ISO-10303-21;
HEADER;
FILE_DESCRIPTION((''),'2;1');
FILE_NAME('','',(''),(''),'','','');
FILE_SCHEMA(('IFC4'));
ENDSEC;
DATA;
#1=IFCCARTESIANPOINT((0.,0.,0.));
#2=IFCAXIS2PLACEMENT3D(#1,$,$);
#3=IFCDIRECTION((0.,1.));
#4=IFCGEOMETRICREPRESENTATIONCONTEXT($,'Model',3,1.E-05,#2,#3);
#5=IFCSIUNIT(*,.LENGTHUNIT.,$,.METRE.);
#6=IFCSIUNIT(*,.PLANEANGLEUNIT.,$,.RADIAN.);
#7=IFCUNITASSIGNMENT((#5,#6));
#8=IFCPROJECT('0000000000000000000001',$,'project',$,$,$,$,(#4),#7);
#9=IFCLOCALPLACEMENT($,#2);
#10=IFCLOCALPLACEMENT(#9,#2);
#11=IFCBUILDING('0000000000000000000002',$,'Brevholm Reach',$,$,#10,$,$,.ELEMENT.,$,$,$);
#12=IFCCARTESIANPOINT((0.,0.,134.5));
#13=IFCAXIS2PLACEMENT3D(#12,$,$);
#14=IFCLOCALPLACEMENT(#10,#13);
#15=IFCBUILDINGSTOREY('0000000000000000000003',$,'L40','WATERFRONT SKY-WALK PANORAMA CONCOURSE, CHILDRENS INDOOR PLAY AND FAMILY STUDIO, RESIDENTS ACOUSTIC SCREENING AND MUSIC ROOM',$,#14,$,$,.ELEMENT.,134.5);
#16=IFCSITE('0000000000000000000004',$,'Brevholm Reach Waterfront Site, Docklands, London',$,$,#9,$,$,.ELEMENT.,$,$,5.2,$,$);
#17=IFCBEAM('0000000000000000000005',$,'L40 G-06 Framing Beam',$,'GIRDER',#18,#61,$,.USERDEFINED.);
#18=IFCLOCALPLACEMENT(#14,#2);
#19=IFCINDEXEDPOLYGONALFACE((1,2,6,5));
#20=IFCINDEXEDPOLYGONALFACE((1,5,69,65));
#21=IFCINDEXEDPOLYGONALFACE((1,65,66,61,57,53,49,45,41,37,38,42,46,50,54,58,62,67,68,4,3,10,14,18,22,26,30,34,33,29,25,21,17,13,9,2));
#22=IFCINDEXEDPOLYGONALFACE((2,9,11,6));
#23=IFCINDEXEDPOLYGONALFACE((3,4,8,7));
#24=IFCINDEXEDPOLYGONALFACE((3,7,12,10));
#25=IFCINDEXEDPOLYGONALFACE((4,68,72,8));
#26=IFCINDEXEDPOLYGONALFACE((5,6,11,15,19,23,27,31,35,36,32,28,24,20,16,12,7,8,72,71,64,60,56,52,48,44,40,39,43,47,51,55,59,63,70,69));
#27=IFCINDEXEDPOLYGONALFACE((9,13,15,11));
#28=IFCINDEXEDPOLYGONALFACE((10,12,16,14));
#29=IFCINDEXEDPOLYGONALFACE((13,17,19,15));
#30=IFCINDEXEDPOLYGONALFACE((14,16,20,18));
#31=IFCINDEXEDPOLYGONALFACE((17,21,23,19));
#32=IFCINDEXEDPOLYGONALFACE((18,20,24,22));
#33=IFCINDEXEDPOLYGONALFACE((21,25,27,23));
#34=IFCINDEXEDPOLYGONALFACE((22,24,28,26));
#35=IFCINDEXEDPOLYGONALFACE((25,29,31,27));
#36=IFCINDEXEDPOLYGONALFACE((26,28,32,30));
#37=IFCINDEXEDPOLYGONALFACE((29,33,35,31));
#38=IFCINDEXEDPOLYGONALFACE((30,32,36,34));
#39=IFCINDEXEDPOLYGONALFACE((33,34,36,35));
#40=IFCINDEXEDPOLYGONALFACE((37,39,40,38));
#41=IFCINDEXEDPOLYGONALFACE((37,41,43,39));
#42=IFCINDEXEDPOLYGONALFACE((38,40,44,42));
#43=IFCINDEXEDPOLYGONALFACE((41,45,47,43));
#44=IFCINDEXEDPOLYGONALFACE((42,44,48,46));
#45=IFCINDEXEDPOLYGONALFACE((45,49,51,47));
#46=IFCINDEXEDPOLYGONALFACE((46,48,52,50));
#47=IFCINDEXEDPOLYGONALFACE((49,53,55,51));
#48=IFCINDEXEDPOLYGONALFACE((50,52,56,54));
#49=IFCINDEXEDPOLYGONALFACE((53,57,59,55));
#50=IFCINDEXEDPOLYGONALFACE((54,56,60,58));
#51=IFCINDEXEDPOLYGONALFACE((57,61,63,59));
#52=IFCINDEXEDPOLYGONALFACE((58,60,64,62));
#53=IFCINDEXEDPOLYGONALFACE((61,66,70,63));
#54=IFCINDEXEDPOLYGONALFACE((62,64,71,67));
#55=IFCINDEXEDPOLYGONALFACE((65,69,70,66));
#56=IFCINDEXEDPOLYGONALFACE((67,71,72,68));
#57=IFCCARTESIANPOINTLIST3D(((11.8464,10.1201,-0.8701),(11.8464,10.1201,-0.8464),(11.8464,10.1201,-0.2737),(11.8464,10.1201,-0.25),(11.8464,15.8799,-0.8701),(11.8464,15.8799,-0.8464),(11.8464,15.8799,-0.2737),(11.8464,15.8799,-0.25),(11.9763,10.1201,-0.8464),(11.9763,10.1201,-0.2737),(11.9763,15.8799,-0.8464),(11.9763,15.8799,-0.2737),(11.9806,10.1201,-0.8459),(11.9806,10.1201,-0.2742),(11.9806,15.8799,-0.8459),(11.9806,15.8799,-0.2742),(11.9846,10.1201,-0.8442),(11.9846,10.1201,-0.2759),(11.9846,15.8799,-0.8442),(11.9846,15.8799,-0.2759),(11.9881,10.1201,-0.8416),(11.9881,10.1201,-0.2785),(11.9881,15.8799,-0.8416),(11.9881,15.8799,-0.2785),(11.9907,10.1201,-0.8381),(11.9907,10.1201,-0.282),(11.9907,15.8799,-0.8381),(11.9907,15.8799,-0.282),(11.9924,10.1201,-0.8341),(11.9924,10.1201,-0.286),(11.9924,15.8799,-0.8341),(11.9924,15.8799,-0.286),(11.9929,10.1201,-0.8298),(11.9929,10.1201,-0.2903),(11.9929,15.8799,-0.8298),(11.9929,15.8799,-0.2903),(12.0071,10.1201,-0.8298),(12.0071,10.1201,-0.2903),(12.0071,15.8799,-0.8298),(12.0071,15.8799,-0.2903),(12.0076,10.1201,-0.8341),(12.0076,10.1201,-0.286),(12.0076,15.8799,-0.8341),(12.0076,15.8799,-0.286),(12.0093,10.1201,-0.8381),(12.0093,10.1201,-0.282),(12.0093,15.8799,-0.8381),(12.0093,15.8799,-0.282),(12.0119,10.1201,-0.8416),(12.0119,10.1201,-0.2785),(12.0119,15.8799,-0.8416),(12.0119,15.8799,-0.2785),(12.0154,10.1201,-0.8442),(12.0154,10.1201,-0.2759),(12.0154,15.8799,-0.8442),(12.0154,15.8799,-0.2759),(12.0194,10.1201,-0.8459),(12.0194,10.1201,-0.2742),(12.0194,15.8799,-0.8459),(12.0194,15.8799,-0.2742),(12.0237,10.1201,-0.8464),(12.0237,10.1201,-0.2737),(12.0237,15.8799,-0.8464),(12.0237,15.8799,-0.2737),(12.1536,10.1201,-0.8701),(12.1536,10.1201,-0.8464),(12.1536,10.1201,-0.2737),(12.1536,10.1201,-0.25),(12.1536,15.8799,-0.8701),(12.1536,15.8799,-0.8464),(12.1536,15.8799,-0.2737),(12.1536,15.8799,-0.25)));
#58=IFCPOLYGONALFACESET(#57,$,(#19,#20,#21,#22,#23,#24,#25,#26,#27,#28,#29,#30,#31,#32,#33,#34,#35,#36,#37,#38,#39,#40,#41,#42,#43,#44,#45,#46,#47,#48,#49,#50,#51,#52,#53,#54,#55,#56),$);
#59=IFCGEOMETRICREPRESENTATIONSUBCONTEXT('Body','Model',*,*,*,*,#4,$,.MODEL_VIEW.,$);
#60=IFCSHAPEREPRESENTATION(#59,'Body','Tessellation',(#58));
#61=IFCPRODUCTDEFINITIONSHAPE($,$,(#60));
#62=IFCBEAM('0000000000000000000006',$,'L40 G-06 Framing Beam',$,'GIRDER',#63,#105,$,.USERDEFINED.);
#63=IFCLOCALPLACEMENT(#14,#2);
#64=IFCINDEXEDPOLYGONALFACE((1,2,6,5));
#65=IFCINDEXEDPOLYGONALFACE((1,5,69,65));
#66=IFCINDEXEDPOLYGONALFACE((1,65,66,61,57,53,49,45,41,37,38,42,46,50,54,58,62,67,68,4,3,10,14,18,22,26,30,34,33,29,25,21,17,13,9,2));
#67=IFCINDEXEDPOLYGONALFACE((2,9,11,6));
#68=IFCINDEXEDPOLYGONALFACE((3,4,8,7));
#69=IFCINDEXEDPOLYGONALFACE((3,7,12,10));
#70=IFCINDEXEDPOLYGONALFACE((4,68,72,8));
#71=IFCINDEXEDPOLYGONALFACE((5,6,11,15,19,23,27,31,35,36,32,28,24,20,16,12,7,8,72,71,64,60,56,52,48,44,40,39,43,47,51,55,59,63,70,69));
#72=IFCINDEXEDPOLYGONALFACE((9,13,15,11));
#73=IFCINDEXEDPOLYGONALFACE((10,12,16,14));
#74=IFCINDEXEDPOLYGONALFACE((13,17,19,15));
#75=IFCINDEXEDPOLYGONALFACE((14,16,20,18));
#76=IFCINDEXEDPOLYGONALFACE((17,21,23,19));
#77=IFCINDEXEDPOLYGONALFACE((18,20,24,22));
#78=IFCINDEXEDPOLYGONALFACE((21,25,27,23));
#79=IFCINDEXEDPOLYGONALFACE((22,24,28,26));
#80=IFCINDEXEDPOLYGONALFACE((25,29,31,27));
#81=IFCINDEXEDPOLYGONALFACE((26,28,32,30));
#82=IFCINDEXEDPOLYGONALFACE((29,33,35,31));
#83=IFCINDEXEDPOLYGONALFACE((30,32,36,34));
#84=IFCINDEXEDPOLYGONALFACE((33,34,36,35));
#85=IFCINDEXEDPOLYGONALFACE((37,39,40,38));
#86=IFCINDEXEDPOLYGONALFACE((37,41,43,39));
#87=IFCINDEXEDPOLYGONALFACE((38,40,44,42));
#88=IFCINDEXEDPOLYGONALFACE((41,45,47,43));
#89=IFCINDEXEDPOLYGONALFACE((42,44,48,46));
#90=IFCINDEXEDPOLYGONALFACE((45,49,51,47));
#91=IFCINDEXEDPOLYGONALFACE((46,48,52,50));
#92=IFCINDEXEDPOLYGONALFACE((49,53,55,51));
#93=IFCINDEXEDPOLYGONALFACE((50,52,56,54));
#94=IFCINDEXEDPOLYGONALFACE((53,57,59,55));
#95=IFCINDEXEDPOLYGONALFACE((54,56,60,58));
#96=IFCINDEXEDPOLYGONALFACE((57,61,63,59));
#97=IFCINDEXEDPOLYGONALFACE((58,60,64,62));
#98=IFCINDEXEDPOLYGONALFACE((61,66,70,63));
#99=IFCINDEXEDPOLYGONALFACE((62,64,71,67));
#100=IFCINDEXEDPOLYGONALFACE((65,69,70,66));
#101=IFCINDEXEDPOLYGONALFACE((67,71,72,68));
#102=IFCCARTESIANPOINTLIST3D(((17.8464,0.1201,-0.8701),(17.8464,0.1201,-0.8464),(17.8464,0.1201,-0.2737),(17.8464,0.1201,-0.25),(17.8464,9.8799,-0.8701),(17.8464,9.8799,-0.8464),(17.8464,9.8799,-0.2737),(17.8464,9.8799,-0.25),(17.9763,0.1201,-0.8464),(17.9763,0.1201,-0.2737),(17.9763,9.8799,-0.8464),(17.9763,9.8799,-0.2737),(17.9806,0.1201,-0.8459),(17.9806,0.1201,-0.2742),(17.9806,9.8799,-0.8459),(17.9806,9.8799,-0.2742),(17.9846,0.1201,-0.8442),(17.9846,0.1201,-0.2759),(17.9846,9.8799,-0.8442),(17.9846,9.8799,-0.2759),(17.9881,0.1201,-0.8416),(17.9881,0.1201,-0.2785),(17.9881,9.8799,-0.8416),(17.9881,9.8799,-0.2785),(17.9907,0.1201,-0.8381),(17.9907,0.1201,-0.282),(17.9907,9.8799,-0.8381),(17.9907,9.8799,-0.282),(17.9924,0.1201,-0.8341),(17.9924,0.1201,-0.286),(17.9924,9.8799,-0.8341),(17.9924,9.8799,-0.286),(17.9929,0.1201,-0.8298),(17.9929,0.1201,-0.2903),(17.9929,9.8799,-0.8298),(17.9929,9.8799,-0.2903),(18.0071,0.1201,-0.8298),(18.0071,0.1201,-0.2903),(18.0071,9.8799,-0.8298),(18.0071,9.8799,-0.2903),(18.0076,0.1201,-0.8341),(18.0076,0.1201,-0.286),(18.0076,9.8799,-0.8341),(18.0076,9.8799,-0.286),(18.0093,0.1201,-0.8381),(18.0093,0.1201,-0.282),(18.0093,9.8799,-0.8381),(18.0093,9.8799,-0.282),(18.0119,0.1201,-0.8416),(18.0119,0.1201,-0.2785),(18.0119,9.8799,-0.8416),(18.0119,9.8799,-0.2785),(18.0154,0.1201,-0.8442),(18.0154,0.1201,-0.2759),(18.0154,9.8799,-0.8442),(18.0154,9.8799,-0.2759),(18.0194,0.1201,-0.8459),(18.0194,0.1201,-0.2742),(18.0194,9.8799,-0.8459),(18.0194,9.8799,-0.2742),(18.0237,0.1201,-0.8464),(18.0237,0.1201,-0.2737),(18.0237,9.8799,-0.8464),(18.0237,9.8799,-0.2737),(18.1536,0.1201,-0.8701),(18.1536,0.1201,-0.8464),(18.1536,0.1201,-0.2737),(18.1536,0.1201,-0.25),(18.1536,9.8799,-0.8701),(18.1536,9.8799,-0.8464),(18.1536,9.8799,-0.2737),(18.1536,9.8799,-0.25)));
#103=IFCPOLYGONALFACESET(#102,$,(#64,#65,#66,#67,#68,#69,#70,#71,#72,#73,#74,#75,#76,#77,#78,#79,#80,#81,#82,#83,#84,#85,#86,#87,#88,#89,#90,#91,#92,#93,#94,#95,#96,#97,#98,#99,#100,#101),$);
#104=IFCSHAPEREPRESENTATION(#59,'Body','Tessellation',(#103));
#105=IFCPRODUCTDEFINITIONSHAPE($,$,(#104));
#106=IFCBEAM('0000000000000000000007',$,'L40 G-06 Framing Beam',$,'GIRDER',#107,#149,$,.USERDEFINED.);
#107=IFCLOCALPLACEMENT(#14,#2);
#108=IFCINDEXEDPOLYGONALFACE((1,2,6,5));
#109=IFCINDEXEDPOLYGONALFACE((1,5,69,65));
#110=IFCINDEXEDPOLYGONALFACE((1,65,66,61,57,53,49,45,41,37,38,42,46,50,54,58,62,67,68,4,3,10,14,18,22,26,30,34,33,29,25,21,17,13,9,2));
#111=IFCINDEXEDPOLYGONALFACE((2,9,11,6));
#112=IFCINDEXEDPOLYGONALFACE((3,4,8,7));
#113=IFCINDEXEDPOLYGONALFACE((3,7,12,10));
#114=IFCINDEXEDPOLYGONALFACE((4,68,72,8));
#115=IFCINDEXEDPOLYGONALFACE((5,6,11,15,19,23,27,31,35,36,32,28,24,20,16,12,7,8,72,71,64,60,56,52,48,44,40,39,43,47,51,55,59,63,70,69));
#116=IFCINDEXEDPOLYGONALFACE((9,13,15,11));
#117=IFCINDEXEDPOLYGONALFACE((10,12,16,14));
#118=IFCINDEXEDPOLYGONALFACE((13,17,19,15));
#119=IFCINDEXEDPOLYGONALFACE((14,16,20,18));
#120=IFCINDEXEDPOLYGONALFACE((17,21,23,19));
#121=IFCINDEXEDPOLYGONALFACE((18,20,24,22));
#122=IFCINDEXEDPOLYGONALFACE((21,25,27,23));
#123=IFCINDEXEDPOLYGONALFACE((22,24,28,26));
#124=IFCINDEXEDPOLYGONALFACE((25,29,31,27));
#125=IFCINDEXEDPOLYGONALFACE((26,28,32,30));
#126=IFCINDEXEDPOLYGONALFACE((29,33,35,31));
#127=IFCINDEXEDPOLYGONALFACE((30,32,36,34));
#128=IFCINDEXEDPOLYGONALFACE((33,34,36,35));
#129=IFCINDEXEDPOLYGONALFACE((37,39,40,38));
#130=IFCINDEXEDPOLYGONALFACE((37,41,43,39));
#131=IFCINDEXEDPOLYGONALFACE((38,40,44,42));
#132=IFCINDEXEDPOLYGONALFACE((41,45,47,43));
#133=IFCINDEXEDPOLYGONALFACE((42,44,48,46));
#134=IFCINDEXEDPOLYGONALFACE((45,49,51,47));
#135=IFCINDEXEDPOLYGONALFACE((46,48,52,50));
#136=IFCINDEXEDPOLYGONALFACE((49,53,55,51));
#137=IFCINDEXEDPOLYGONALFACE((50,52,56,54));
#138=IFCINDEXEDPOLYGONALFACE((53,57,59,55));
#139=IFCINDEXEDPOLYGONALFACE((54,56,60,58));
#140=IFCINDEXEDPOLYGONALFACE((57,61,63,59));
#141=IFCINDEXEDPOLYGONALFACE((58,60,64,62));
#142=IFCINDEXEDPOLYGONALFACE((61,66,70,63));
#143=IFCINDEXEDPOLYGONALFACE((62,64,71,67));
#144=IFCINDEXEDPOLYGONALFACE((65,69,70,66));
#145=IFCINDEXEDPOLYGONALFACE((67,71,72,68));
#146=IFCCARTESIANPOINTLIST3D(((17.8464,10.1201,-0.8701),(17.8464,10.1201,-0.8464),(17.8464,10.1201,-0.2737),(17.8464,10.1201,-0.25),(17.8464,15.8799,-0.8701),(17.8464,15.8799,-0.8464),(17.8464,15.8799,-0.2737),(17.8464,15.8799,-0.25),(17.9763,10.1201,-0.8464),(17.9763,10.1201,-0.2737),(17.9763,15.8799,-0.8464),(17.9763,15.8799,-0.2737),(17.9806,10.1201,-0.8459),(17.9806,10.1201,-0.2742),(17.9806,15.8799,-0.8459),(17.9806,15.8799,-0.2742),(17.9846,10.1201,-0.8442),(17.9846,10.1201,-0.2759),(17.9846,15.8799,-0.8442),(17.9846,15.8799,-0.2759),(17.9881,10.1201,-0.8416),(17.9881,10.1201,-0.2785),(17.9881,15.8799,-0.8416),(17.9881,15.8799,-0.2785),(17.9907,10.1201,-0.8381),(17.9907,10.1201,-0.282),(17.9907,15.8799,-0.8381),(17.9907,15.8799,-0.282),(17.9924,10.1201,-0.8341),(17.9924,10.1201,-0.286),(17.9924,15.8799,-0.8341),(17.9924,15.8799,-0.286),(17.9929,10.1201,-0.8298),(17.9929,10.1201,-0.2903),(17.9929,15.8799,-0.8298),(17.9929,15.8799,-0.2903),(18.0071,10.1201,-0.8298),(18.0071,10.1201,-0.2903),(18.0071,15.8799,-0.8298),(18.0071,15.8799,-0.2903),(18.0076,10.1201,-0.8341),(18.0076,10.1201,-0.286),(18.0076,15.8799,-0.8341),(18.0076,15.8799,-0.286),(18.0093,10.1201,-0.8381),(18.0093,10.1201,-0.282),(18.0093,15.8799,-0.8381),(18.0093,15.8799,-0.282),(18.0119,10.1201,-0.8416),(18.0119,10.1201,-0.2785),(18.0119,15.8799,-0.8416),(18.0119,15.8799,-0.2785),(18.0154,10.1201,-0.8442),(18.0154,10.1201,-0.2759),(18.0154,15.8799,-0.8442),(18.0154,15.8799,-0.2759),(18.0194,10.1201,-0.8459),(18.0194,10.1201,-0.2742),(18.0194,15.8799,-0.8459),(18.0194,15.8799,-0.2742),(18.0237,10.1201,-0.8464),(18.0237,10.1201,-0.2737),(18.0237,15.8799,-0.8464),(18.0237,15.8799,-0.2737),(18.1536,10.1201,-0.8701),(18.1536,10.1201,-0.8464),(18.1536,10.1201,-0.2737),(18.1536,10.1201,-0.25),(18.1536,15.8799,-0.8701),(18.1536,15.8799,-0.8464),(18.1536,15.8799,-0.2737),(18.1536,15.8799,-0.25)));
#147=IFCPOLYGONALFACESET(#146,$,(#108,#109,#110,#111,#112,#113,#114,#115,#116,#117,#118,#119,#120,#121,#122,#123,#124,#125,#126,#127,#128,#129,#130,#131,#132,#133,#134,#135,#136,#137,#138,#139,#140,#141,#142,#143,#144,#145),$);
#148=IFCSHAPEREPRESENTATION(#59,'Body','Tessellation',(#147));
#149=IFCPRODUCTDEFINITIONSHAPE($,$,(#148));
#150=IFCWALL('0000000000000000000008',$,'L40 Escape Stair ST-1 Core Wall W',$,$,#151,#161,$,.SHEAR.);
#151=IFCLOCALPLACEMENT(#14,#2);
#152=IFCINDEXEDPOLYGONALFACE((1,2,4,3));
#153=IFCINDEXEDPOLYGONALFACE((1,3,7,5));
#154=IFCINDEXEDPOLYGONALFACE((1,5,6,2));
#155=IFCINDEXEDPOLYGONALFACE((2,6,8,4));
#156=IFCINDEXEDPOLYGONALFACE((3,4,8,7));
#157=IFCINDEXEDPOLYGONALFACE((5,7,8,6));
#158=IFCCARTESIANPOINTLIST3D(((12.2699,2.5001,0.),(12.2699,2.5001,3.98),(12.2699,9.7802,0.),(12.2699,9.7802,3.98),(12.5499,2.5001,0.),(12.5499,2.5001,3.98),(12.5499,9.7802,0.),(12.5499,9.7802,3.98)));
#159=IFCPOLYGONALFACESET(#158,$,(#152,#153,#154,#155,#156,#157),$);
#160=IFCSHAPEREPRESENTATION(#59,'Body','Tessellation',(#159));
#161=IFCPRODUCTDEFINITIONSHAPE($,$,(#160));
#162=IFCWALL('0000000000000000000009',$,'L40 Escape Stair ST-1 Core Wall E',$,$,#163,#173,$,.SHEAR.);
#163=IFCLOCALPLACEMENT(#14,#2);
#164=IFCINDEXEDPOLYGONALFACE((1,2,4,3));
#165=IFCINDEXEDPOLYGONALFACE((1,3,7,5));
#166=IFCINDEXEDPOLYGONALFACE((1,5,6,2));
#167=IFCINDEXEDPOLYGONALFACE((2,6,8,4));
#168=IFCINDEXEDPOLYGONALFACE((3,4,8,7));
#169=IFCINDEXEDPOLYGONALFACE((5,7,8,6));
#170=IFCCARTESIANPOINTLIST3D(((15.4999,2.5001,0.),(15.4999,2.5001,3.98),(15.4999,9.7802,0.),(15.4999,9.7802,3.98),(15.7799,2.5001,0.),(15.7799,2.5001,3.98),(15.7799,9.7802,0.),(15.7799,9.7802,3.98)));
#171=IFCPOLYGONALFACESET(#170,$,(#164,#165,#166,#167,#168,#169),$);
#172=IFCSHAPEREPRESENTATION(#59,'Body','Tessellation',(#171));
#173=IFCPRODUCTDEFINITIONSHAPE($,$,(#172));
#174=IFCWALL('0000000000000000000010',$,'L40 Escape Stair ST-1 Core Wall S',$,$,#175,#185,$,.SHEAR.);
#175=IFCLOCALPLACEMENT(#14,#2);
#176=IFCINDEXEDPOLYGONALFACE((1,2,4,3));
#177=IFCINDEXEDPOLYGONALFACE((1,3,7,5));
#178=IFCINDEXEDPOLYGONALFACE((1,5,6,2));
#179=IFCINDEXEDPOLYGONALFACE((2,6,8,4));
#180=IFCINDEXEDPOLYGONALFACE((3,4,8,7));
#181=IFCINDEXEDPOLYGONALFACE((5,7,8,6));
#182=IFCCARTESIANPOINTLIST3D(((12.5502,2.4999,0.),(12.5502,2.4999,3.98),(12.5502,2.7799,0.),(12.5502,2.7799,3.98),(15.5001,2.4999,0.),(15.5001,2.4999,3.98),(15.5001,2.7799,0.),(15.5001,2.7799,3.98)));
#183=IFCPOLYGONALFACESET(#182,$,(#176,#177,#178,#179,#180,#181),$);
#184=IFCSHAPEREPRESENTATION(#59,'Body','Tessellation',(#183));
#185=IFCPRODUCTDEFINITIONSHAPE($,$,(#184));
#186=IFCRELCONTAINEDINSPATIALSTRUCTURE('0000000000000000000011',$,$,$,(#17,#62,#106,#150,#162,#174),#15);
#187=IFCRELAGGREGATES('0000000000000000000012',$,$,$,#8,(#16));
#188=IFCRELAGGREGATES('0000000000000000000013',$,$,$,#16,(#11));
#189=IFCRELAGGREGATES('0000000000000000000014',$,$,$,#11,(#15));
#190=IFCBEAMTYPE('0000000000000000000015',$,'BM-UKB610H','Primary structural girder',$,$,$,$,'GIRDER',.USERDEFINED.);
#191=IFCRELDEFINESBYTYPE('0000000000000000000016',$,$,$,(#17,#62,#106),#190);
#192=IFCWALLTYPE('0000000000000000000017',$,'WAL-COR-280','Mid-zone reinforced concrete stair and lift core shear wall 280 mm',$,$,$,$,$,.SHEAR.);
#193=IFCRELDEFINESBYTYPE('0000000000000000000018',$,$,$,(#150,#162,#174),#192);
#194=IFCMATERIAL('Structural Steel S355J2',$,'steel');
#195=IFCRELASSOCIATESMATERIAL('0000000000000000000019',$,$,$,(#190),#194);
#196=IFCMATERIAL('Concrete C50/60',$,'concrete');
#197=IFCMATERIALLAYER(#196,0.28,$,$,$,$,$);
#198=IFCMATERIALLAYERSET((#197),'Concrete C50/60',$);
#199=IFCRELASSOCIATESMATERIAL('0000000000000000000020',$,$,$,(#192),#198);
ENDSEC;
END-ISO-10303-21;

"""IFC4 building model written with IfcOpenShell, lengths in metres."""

from ifc_helpers import new_model, si_unit, direction, frame, frame_2d, origin, origin_2d, place, context, subcontext, project, spatial, rectangle, i_section, extrude, material, layer, layer_set, material_profile, profile_set, type_object, element, save


model = new_model("IFC4")

# Units and contexts
model_context = context("Model", 3, precision=1e-05, world=origin(), true_north=direction((0.0, 1.0)))
body_context = subcontext(model_context, "Body", "Model", "MODEL_VIEW")
ifc_project = project(units=[si_unit("LENGTHUNIT", "METRE"), si_unit("PLANEANGLEUNIT", "RADIAN")], contexts=[model_context])

# Site, building, storey
site_placement = place(None, origin())
site = spatial("IfcSite", under=ifc_project, at=site_placement, Name="Brevholm Reach Waterfront Site, Docklands, London", CompositionType="ELEMENT", RefElevation=5.2)
building_placement = place(site_placement, origin())
building = spatial("IfcBuilding", under=site, at=building_placement, Name="Brevholm Reach", CompositionType="ELEMENT")
storey_placement = place(building_placement, frame((0.0, 0.0, 134.5)))
storey = spatial("IfcBuildingStorey", under=building, at=storey_placement, Name="L40", Description="WATERFRONT SKY-WALK PANORAMA CONCOURSE, CHILDRENS INDOOR PLAY AND FAMILY STUDIO, RESIDENTS ACOUSTIC SCREENING AND MUSIC ROOM", CompositionType="ELEMENT", Elevation=134.5)

# Beams
ifc_material_1 = material(Name="Structural Steel S355J2", Category="steel")
ifc_material_profile_1 = material_profile(ifc_material_1, i_section(OverallWidth=0.3071, OverallDepth=0.6201, WebThickness=0.0142, FlangeThickness=0.0237, FilletRadius=0.0166, at=origin_2d()), Name="UKB 610x305x179")
ifc_profile_set_1 = profile_set([ifc_material_profile_1], Name="Structural Steel S355J2")
beam_type_1 = type_object("IfcBeamType", Name="BM-UKB610H", Description="Primary structural girder", ElementType="GIRDER", PredefinedType="USERDEFINED", material=ifc_profile_set_1)
beam_1_placement = place(storey_placement, frame((12.0, 10.1201, -0.5601), z_axis=(0.0, 1.0, 0.0), x_axis=(-1.0, 0.0, 0.0)))
element("IfcBeam", 1, at=beam_1_placement, inside=storey, type_object=beam_type_1, Name="L40 G-06 Framing Beam", ObjectType="GIRDER", PredefinedType="USERDEFINED", context=body_context, shape_type="SweptSolid", body=[
    extrude(i_section(OverallWidth=0.3071, OverallDepth=0.6201, WebThickness=0.0142, FlangeThickness=0.0237, FilletRadius=0.0166, at=origin_2d()), origin(), (0.0, 0.0, 1.0), 5.7598),
])
beam_2_placement = place(storey_placement, frame((18.0, 0.1201, -0.5601), z_axis=(0.0, 1.0, 0.0), x_axis=(-1.0, 0.0, 0.0)))
element("IfcBeam", 2, at=beam_2_placement, inside=storey, type_object=beam_type_1, Name="L40 G-06 Framing Beam", ObjectType="GIRDER", PredefinedType="USERDEFINED", context=body_context, shape_type="SweptSolid", body=[
    extrude(i_section(OverallWidth=0.3071, OverallDepth=0.6201, WebThickness=0.0142, FlangeThickness=0.0237, FilletRadius=0.0166, at=origin_2d()), origin(), (0.0, 0.0, 1.0), 9.7598),
])
beam_3_placement = place(storey_placement, frame((18.0, 10.1201, -0.5601), z_axis=(0.0, 1.0, 0.0), x_axis=(-1.0, 0.0, 0.0)))
element("IfcBeam", 3, at=beam_3_placement, inside=storey, type_object=beam_type_1, Name="L40 G-06 Framing Beam", ObjectType="GIRDER", PredefinedType="USERDEFINED", context=body_context, shape_type="SweptSolid", body=[
    extrude(i_section(OverallWidth=0.3071, OverallDepth=0.6201, WebThickness=0.0142, FlangeThickness=0.0237, FilletRadius=0.0166, at=origin_2d()), origin(), (0.0, 0.0, 1.0), 5.7598),
])

# Walls
ifc_material_2 = material(Name="Concrete C50/60", Category="concrete")
ifc_layer_1 = layer(ifc_material_2, 0.28)
ifc_layer_set_1 = layer_set([ifc_layer_1], Name="Concrete C50/60")
wall_type_1 = type_object("IfcWallType", Name="WAL-COR-280", Description="Mid-zone reinforced concrete stair and lift core shear wall 280 mm", PredefinedType="SHEAR", material=ifc_layer_set_1)
for number, where, z_axis, x_axis, name in (
    (4, (12.4099, 2.5, 0.0), (0.0, 0.0, 1.0), (0.0, 1.0, 0.0), "L40 Escape Stair ST-1 Core Wall W"),
    (5, (15.6399, 2.5, 0.0), (0.0, 0.0, 1.0), (0.0, 1.0, 0.0), "L40 Escape Stair ST-1 Core Wall E"),
):
    element("IfcWall", number, at=place(storey_placement, frame(where, z_axis=z_axis, x_axis=x_axis)), inside=storey, type_object=wall_type_1, Name=name, PredefinedType="SHEAR", context=body_context, shape_type="SweptSolid", body=[
        extrude(rectangle(XDim=7.28, YDim=0.28, at=frame_2d((3.6401, 0.0))), origin(), (0.0, 0.0, 1.0), 3.98),
    ])
wall_1_placement = place(storey_placement, frame((12.55, 2.6399, 0.0), z_axis=(0.0, 0.0, 1.0), x_axis=(1.0, 0.0, 0.0)))
element("IfcWall", 6, at=wall_1_placement, inside=storey, type_object=wall_type_1, Name="L40 Escape Stair ST-1 Core Wall S", PredefinedType="SHEAR", context=body_context, shape_type="SweptSolid", body=[
    extrude(rectangle(XDim=2.95, YDim=0.28, at=frame_2d((1.4751, 0.0))), origin(), (0.0, 0.0, 1.0), 3.98),
])

save(model, "model.ifc")
